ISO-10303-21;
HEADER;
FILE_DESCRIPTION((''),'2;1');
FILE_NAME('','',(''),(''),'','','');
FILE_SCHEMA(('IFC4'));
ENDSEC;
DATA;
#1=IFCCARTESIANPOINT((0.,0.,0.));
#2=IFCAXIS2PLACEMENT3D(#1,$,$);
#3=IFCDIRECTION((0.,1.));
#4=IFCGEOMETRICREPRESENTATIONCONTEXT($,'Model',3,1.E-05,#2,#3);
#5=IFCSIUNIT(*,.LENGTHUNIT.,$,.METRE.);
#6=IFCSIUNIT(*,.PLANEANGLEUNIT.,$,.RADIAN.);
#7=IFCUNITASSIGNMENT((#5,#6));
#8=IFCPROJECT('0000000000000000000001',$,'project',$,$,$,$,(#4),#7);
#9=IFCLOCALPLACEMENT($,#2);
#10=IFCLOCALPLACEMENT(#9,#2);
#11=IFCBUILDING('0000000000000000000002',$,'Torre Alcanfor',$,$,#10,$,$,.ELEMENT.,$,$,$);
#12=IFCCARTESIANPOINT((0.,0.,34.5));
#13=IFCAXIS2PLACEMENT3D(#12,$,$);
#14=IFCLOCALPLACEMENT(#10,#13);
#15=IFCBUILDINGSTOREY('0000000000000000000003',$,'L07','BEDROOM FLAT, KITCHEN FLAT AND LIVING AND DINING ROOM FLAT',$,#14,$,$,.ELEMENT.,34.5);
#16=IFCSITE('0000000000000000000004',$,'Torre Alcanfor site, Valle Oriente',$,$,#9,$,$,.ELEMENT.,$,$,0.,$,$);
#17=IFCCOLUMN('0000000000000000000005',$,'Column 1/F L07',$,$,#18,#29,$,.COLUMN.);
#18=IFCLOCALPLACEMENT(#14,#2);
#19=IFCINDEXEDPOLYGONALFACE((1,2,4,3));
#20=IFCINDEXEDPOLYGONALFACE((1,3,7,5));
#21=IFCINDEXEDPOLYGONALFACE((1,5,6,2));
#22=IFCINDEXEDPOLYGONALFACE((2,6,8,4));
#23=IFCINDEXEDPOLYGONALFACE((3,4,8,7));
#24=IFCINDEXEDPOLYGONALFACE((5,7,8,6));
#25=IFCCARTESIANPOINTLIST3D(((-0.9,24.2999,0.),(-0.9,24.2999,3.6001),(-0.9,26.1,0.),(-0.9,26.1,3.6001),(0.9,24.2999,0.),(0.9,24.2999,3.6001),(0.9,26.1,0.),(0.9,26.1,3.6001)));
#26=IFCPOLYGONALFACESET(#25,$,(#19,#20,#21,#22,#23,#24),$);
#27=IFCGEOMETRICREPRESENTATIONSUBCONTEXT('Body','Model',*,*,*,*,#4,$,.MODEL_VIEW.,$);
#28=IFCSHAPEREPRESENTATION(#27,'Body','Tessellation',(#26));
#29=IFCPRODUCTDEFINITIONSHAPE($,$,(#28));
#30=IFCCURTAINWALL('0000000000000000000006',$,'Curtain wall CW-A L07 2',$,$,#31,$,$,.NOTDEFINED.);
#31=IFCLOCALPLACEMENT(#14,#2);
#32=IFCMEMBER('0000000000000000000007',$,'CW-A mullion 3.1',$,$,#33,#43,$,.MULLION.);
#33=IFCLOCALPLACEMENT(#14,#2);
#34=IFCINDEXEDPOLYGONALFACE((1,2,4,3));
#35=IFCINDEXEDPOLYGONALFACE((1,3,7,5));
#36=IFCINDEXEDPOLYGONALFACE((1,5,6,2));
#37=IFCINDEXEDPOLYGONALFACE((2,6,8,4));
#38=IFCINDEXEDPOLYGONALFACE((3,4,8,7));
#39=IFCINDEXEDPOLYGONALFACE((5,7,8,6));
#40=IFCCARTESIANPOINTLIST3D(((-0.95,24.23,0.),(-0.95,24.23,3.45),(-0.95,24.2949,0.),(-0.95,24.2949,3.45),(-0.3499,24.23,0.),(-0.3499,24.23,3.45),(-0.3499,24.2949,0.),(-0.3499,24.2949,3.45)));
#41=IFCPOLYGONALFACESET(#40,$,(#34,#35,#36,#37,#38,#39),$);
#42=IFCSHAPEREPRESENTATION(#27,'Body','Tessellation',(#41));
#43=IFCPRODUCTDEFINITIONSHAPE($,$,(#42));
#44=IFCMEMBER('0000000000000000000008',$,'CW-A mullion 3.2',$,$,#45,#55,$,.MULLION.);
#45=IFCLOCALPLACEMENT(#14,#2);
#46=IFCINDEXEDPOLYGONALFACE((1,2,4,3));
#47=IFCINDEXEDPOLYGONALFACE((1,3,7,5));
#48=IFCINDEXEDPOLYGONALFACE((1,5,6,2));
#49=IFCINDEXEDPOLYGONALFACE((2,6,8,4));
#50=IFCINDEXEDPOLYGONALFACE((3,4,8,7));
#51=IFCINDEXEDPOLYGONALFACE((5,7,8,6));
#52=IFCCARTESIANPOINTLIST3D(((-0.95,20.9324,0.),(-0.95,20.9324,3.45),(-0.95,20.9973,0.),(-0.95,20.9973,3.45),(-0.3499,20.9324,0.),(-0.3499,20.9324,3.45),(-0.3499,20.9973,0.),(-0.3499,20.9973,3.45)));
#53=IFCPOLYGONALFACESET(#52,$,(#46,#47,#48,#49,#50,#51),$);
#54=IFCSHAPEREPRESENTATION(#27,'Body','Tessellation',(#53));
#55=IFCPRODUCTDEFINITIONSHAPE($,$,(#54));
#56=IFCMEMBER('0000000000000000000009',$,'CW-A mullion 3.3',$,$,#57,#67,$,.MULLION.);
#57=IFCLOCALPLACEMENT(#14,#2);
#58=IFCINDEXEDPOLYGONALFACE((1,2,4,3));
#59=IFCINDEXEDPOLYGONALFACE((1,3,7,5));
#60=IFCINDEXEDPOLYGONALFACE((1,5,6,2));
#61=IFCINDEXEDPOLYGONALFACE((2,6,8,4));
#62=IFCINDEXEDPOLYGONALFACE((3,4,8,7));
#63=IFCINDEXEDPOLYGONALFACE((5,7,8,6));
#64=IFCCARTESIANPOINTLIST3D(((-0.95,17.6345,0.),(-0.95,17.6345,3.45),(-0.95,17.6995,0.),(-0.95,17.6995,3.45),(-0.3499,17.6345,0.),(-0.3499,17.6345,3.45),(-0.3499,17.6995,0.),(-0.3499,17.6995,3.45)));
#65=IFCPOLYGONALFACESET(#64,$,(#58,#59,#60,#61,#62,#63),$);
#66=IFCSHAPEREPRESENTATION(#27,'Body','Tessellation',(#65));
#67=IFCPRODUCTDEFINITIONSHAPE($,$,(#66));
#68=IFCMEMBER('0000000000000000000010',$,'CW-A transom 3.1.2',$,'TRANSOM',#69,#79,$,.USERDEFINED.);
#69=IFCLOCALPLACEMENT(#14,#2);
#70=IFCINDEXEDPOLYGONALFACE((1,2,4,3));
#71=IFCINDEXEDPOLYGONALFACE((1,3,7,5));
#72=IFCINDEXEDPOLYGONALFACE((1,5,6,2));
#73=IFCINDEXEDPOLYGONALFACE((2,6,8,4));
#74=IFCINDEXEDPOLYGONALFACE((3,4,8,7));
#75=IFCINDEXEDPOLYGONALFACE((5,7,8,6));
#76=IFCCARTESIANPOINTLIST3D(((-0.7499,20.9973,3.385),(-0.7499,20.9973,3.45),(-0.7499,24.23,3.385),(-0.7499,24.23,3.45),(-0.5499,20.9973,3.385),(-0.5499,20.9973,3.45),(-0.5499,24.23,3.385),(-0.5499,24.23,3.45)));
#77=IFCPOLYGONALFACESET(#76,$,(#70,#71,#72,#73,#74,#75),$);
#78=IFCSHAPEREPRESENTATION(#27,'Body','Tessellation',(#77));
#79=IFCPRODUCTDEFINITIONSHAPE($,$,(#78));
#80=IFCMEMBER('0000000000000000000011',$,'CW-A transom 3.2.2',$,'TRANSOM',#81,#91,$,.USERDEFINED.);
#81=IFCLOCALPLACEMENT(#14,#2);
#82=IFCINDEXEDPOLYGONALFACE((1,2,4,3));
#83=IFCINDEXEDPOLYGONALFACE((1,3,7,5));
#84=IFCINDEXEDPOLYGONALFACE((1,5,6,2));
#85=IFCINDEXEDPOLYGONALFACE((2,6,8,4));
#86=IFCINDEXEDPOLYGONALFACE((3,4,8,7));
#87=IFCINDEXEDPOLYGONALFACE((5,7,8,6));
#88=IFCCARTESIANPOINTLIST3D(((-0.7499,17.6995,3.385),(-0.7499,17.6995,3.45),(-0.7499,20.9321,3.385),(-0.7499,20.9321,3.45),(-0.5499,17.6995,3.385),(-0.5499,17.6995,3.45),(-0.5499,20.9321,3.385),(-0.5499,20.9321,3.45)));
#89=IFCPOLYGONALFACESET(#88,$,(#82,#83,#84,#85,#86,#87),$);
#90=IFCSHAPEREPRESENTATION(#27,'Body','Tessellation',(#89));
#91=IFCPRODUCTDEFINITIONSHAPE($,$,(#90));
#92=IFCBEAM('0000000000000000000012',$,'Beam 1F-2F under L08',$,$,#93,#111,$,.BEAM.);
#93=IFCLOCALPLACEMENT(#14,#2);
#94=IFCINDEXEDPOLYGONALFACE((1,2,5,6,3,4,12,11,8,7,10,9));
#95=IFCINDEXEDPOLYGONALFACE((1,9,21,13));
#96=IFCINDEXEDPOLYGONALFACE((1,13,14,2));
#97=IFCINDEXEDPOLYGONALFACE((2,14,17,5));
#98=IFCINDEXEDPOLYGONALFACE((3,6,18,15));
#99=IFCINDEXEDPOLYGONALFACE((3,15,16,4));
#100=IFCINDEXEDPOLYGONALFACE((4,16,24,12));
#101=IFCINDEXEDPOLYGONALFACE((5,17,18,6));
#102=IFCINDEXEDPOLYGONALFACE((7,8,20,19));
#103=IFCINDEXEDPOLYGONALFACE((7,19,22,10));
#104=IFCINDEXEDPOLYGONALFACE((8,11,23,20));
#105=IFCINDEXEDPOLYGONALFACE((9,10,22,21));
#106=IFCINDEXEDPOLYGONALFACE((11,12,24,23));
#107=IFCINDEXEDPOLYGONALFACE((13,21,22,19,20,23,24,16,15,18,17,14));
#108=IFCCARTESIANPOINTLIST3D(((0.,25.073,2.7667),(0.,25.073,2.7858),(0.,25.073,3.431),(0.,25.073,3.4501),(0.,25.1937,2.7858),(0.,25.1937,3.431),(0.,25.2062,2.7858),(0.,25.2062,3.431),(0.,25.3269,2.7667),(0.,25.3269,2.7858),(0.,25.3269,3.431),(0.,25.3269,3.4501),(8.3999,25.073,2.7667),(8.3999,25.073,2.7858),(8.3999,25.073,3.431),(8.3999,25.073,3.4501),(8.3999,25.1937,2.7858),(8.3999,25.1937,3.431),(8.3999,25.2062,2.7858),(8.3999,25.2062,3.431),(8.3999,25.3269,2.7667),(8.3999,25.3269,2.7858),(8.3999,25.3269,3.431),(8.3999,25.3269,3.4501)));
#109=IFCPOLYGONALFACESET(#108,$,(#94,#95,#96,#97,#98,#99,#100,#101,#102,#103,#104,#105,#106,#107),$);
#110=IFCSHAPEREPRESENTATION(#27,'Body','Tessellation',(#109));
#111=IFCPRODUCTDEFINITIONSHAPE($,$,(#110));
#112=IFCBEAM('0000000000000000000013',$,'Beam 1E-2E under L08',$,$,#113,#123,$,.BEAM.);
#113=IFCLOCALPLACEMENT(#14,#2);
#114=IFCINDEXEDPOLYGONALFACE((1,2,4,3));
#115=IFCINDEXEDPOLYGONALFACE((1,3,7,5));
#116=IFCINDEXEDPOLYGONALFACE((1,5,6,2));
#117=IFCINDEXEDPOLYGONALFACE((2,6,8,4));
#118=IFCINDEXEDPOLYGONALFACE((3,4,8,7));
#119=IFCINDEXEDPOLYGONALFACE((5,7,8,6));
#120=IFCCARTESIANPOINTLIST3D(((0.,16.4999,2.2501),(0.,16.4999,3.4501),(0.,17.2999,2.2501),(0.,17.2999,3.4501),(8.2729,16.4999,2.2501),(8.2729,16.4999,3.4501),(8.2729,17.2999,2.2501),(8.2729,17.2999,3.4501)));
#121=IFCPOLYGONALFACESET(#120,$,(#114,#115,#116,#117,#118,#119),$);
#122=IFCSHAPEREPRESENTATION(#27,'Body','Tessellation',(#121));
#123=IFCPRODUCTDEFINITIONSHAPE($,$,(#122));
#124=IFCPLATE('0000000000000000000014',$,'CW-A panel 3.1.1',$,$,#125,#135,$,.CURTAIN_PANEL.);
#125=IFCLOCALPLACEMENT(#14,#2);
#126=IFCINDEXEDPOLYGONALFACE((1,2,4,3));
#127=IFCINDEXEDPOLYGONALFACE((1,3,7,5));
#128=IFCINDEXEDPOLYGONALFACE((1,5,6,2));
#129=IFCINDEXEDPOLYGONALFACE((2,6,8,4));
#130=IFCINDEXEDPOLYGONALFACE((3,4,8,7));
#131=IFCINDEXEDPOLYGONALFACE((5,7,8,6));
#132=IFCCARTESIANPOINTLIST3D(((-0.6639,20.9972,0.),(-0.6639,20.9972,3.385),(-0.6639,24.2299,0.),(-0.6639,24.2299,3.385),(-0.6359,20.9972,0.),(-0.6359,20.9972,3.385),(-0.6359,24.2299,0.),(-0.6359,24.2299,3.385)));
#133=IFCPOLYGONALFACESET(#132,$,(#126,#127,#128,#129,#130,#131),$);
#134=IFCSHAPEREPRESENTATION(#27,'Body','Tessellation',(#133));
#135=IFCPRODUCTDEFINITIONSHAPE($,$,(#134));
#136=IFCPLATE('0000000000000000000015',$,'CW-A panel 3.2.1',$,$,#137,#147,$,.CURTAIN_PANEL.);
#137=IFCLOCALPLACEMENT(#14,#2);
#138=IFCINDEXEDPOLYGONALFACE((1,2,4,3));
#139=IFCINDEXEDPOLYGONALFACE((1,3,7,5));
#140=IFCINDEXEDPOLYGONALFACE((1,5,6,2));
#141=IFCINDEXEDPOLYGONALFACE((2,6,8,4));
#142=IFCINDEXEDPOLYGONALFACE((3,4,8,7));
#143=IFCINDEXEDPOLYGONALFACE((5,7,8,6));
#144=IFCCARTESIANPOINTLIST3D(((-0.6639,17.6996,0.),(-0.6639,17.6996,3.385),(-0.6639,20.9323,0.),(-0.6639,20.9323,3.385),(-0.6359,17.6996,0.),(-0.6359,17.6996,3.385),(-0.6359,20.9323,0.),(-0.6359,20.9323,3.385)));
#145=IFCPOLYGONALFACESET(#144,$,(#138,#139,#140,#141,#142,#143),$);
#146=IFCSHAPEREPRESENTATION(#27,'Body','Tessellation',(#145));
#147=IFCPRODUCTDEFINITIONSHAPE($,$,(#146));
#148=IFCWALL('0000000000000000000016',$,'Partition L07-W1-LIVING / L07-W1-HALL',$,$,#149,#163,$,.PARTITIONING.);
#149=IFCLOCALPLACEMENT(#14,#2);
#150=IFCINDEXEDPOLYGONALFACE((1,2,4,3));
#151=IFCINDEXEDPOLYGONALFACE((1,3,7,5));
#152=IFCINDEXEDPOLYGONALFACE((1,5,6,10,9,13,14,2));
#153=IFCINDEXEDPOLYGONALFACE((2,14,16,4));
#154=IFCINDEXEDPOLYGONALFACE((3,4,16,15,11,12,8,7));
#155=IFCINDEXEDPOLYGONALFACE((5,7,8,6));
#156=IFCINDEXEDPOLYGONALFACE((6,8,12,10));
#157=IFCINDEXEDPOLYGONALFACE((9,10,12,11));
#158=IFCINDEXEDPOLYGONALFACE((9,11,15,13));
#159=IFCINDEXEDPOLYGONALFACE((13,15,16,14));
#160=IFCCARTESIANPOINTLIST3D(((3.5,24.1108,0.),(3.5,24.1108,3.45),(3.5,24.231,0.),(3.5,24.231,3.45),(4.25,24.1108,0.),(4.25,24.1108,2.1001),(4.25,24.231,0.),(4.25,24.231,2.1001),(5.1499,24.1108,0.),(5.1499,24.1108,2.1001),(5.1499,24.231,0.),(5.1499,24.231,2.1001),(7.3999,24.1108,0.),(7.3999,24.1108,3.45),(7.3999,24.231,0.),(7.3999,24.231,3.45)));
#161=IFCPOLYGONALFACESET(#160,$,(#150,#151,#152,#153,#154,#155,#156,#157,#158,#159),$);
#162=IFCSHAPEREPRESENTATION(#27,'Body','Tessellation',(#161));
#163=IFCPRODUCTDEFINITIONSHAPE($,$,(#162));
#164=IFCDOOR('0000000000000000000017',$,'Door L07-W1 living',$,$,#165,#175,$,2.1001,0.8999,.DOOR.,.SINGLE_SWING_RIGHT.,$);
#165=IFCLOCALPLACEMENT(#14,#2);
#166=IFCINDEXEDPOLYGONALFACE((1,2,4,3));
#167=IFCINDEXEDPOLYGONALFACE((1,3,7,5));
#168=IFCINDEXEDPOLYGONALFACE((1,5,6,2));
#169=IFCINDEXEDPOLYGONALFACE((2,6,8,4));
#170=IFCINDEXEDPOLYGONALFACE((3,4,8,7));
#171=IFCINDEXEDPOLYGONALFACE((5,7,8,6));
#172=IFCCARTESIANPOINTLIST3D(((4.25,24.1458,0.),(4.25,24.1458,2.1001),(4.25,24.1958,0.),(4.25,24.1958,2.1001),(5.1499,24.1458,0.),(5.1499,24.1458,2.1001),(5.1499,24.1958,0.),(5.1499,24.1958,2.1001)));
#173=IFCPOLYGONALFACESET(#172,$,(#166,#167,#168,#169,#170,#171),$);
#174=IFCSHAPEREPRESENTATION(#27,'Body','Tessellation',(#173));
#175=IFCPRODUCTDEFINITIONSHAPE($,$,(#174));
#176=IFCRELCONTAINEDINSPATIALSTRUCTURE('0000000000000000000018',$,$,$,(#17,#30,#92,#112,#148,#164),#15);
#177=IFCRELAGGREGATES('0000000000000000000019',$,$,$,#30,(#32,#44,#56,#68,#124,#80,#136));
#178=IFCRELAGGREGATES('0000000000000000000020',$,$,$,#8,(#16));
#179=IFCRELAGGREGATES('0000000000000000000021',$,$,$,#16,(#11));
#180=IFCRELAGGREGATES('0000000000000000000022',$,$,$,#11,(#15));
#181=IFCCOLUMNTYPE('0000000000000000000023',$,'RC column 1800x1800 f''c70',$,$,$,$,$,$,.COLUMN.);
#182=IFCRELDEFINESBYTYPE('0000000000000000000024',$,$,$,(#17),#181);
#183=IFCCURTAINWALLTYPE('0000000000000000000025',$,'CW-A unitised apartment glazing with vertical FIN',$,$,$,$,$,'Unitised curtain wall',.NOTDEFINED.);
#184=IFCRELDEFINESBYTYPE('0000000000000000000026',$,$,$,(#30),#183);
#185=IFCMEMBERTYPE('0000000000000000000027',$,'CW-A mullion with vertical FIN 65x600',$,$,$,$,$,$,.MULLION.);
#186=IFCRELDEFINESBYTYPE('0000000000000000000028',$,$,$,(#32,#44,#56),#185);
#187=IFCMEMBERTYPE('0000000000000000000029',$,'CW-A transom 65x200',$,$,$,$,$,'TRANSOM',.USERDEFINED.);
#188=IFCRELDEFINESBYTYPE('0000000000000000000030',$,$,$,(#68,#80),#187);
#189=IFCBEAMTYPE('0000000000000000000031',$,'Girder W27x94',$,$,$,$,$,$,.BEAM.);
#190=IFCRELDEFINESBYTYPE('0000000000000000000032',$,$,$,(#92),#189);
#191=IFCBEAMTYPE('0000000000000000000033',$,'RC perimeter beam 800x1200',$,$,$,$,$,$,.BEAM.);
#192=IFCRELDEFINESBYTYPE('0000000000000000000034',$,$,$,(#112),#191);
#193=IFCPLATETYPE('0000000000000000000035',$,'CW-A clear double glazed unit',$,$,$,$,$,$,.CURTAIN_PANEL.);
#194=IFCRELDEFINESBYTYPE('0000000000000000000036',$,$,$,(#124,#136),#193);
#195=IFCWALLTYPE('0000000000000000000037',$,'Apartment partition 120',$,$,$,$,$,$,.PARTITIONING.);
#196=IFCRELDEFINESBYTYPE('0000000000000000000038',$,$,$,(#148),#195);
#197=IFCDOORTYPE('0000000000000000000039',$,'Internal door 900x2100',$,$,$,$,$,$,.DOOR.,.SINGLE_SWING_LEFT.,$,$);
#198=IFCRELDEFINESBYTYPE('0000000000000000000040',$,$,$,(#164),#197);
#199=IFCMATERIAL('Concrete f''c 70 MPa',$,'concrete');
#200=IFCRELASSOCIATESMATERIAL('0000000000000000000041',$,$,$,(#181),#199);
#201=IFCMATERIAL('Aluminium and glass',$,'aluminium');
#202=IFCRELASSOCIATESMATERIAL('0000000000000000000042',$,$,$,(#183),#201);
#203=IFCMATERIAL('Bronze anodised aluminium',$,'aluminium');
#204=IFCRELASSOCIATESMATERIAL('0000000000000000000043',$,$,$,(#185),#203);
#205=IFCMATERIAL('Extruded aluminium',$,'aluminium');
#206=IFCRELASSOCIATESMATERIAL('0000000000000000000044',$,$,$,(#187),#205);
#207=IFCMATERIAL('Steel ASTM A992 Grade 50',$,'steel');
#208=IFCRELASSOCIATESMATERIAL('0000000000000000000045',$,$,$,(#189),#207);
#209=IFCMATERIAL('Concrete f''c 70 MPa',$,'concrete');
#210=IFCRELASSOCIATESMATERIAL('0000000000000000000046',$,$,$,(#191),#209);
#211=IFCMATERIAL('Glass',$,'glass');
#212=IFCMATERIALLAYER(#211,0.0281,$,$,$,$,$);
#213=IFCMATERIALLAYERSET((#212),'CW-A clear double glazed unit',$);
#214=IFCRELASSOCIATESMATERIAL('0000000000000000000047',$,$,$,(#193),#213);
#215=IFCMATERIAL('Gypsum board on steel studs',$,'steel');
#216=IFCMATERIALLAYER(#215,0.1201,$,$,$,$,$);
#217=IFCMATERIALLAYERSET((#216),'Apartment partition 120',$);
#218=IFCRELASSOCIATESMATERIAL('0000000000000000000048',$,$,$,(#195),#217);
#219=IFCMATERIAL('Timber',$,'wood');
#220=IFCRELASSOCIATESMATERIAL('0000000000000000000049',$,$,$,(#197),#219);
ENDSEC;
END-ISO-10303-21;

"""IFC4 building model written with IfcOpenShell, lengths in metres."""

from ifc_helpers import new_model, si_unit, direction, frame, frame_2d, origin, origin_2d, place, context, subcontext, project, spatial, rectangle, i_section, extrude, material, layer, layer_set, material_profile, profile_set, type_object, element, fill, aggregate, save


model = new_model("IFC4")

# Units and contexts
model_context = context("Model", 3, precision=1e-05, world=origin(), true_north=direction((0.0, 1.0)))
body_context = subcontext(model_context, "Body", "Model", "MODEL_VIEW")
ifc_project = project(units=[si_unit("LENGTHUNIT", "METRE"), si_unit("PLANEANGLEUNIT", "RADIAN")], contexts=[model_context])

# Site, building, storey
site_placement = place(None, origin())
site = spatial("IfcSite", under=ifc_project, at=site_placement, Name="Torre Alcanfor site, Valle Oriente", CompositionType="ELEMENT", RefElevation=0.0)
building_placement = place(site_placement, origin())
building = spatial("IfcBuilding", under=site, at=building_placement, Name="Torre Alcanfor", CompositionType="ELEMENT")
storey_placement = place(building_placement, frame((0.0, 0.0, 34.5)))
storey = spatial("IfcBuildingStorey", under=building, at=storey_placement, Name="L07", Description="BEDROOM FLAT, KITCHEN FLAT AND LIVING AND DINING ROOM FLAT", CompositionType="ELEMENT", Elevation=34.5)

# Column
ifc_material_1 = material(Name="Concrete f'c 70 MPa", Category="concrete")
ifc_material_profile_1 = material_profile(ifc_material_1, rectangle(XDim=1.8, YDim=1.8, at=origin_2d()), Name="1800x1800")
ifc_profile_set_1 = profile_set([ifc_material_profile_1], Name="Concrete f'c 70 MPa")
column_type = type_object("IfcColumnType", Name="RC column 1800x1800 f'c70", PredefinedType="COLUMN", material=ifc_profile_set_1)
column_placement = place(storey_placement, frame((0.0, 25.2, 0.0), z_axis=(0.0, 0.0, 1.0), x_axis=(1.0, 0.0, 0.0)))
element("IfcColumn", 1, at=column_placement, inside=storey, type_object=column_type, Name="Column 1/F L07", PredefinedType="COLUMN", context=body_context, shape_type="SweptSolid", body=[
    extrude(rectangle(XDim=1.8, YDim=1.8, at=origin_2d()), origin(), (0.0, 0.0, 1.0), 3.6001),
])

# Curtain wall, members
ifc_material_2 = material(Name="Aluminium and glass", Category="aluminium")
curtain_wall_type = type_object("IfcCurtainWallType", Name="CW-A unitised apartment glazing with vertical FIN", ElementType="Unitised curtain wall", PredefinedType="NOTDEFINED", material=ifc_material_2)
curtain_wall_placement = place(storey_placement, origin())
curtain_wall = element("IfcCurtainWall", 2, at=curtain_wall_placement, inside=storey, type_object=curtain_wall_type, Name="Curtain wall CW-A L07 2", PredefinedType="NOTDEFINED")
ifc_material_3 = material(Name="Bronze anodised aluminium", Category="aluminium")
ifc_material_profile_2 = material_profile(ifc_material_3, rectangle(XDim=0.6001, YDim=0.0649, at=origin_2d()), Name="CW-A mullion 65x600")
ifc_profile_set_2 = profile_set([ifc_material_profile_2], Name="Bronze anodised aluminium")
member_type_1 = type_object("IfcMemberType", Name="CW-A mullion with vertical FIN 65x600", PredefinedType="MULLION", material=ifc_profile_set_2)
member_1_placement = place(storey_placement, frame((-0.6499, 24.2625, 0.0), z_axis=(0.0, 0.0, 1.0), x_axis=(1.0, 0.0, 0.0)))
member_1 = element("IfcMember", 3, at=member_1_placement, type_object=member_type_1, Name="CW-A mullion 3.1", PredefinedType="MULLION", context=body_context, shape_type="SweptSolid", body=[
    extrude(rectangle(XDim=0.6001, YDim=0.0649, at=origin_2d()), origin(), (0.0, 0.0, 1.0), 3.45),
])
member_2_placement = place(storey_placement, frame((-0.6499, 20.9648, 0.0), z_axis=(0.0, 0.0, 1.0), x_axis=(1.0, 0.0, 0.0)))
member_2 = element("IfcMember", 4, at=member_2_placement, type_object=member_type_1, Name="CW-A mullion 3.2", PredefinedType="MULLION", context=body_context, shape_type="SweptSolid", body=[
    extrude(rectangle(XDim=0.6001, YDim=0.0649, at=origin_2d()), origin(), (0.0, 0.0, 1.0), 3.45),
])
member_3_placement = place(storey_placement, frame((-0.6499, 17.667, 0.0), z_axis=(0.0, 0.0, 1.0), x_axis=(1.0, 0.0, 0.0)))
member_3 = element("IfcMember", 5, at=member_3_placement, type_object=member_type_1, Name="CW-A mullion 3.3", PredefinedType="MULLION", context=body_context, shape_type="SweptSolid", body=[
    extrude(rectangle(XDim=0.6001, YDim=0.0649, at=origin_2d()), origin(), (0.0, 0.0, 1.0), 3.45),
])
ifc_material_4 = material(Name="Extruded aluminium", Category="aluminium")
ifc_material_profile_3 = material_profile(ifc_material_4, rectangle(XDim=0.2, YDim=0.0649, at=origin_2d()), Name="CW-A transom 200x65")
ifc_profile_set_3 = profile_set([ifc_material_profile_3], Name="Extruded aluminium")
member_type_2 = type_object("IfcMemberType", Name="CW-A transom 65x200", ElementType="TRANSOM", PredefinedType="USERDEFINED", material=ifc_profile_set_3)
member_4_placement = place(storey_placement, frame((-0.6499, 24.23, 3.4175), z_axis=(0.0, -1.0, 0.0), x_axis=(1.0, 0.0, 0.0)))
member_4 = element("IfcMember", 6, at=member_4_placement, type_object=member_type_2, Name="CW-A transom 3.1.2", ObjectType="TRANSOM", PredefinedType="USERDEFINED", context=body_context, shape_type="SweptSolid", body=[
    extrude(rectangle(XDim=0.2, YDim=0.0649, at=origin_2d()), origin(), (0.0, 0.0, 1.0), 3.2327),
])
member_5_placement = place(storey_placement, frame((-0.6499, 20.9321, 3.4175), z_axis=(0.0, -1.0, 0.0), x_axis=(1.0, 0.0, 0.0)))
member_5 = element("IfcMember", 7, at=member_5_placement, type_object=member_type_2, Name="CW-A transom 3.2.2", ObjectType="TRANSOM", PredefinedType="USERDEFINED", context=body_context, shape_type="SweptSolid", body=[
    extrude(rectangle(XDim=0.2, YDim=0.0649, at=origin_2d()), origin(), (0.0, 0.0, 1.0), 3.2327),
])

# Beams
ifc_material_5 = material(Name="Steel ASTM A992 Grade 50", Category="steel")
ifc_material_profile_4 = material_profile(ifc_material_5, i_section(OverallWidth=0.2539, OverallDepth=0.6833, WebThickness=0.0125, FlangeThickness=0.019, at=origin_2d()), Name="W27x94")
ifc_profile_set_4 = profile_set([ifc_material_profile_4], Name="Steel ASTM A992 Grade 50")
beam_type_1 = type_object("IfcBeamType", Name="Girder W27x94", PredefinedType="BEAM", material=ifc_profile_set_4)
beam_1_placement = place(storey_placement, frame((0.0, 25.2, 3.1084), z_axis=(1.0, 0.0, 0.0), x_axis=(0.0, 1.0, 0.0)))
element("IfcBeam", 8, at=beam_1_placement, inside=storey, type_object=beam_type_1, Name="Beam 1F-2F under L08", PredefinedType="BEAM", context=body_context, shape_type="SweptSolid", body=[
    extrude(i_section(OverallWidth=0.2539, OverallDepth=0.6833, WebThickness=0.0125, FlangeThickness=0.019, at=origin_2d()), origin(), (0.0, 0.0, 1.0), 8.3999),
])
ifc_material_6 = material(Name="Concrete f'c 70 MPa", Category="concrete")
ifc_material_profile_5 = material_profile(ifc_material_6, rectangle(XDim=0.8, YDim=1.2, at=origin_2d()), Name="800x1200")
ifc_profile_set_5 = profile_set([ifc_material_profile_5], Name="Concrete f'c 70 MPa")
beam_type_2 = type_object("IfcBeamType", Name="RC perimeter beam 800x1200", PredefinedType="BEAM", material=ifc_profile_set_5)
beam_2_placement = place(storey_placement, frame((0.0, 16.8999, 2.8501), z_axis=(1.0, 0.0, 0.0), x_axis=(0.0, 1.0, 0.0)))
element("IfcBeam", 9, at=beam_2_placement, inside=storey, type_object=beam_type_2, Name="Beam 1E-2E under L08", PredefinedType="BEAM", context=body_context, shape_type="SweptSolid", body=[
    extrude(rectangle(XDim=0.8, YDim=1.2, at=origin_2d()), origin(), (0.0, 0.0, 1.0), 8.2729),
])

# Plates
ifc_material_7 = material(Name="Glass", Category="glass")
ifc_layer_1 = layer(ifc_material_7, 0.0281)
ifc_layer_set_1 = layer_set([ifc_layer_1], Name="CW-A clear double glazed unit")
plate_type = type_object("IfcPlateType", Name="CW-A clear double glazed unit", PredefinedType="CURTAIN_PANEL", material=ifc_layer_set_1)
plate_1_placement = place(storey_placement, frame((-0.6499, 22.6135, 0.0), z_axis=(0.0, 0.0, 1.0), x_axis=(0.0, -1.0, 0.0)))
plate_1 = element("IfcPlate", 10, at=plate_1_placement, type_object=plate_type, Name="CW-A panel 3.1.1", PredefinedType="CURTAIN_PANEL", context=body_context, shape_type="SweptSolid", body=[
    extrude(rectangle(XDim=3.2327, YDim=0.0281, at=origin_2d()), origin(), (0.0, 0.0, 1.0), 3.385),
])
plate_2_placement = place(storey_placement, frame((-0.6499, 19.3159, 0.0), z_axis=(0.0, 0.0, 1.0), x_axis=(0.0, -1.0, 0.0)))
plate_2 = element("IfcPlate", 11, at=plate_2_placement, type_object=plate_type, Name="CW-A panel 3.2.1", PredefinedType="CURTAIN_PANEL", context=body_context, shape_type="SweptSolid", body=[
    extrude(rectangle(XDim=3.2327, YDim=0.0281, at=origin_2d()), origin(), (0.0, 0.0, 1.0), 3.385),
])
aggregate(curtain_wall, [member_1, member_2, member_3, member_4, plate_1, member_5, plate_2])

# Wall, opening, door
ifc_material_8 = material(Name="Gypsum board on steel studs", Category="steel")
ifc_layer_2 = layer(ifc_material_8, 0.1201)
ifc_layer_set_2 = layer_set([ifc_layer_2], Name="Apartment partition 120")
wall_type_1 = type_object("IfcWallType", Name="Apartment partition 120", PredefinedType="PARTITIONING", material=ifc_layer_set_2)
wall_1_placement = place(storey_placement, frame((3.5, 24.1709, 0.0), z_axis=(0.0, 0.0, 1.0), x_axis=(1.0, 0.0, 0.0)))
wall_1 = element("IfcWall", 12, at=wall_1_placement, inside=storey, type_object=wall_type_1, Name="Partition L07-W1-LIVING / L07-W1-HALL", PredefinedType="PARTITIONING", context=body_context, shape_type="SweptSolid", body=[
    extrude(rectangle(XDim=3.8999, YDim=0.1201, at=frame_2d((1.95, 0.0))), origin(), (0.0, 0.0, 1.0), 3.45),
])
opening_1_placement = place(wall_1_placement, frame((0.75, 0.0, 0.0)))
opening_1 = element("IfcOpeningElement", 13, at=opening_1_placement, cuts=wall_1, PredefinedType="OPENING", context=body_context, shape_type="SweptSolid", body=[
    extrude(rectangle(XDim=0.8999, YDim=2.1001, at=frame_2d((0.45, 1.05))), frame((0.0, 0.0701, 0.0), z_axis=(0.0, -1.0, 0.0), x_axis=(1.0, 0.0, 0.0)), (0.0, 0.0, 1.0), 0.1401),
])
ifc_material_9 = material(Name="Timber", Category="wood")
door_type_1 = type_object("IfcDoorType", Name="Internal door 900x2100", OperationType="SINGLE_SWING_LEFT", PredefinedType="DOOR", material=ifc_material_9)
door_1_placement = place(opening_1_placement, origin())
door_1 = element("IfcDoor", 14, at=door_1_placement, inside=storey, type_object=door_type_1, Name="Door L07-W1 living", OperationType="SINGLE_SWING_RIGHT", OverallHeight=2.1001, OverallWidth=0.8999, PredefinedType="DOOR", context=body_context, shape_type="SweptSolid", body=[
    extrude(rectangle(XDim=0.8999, YDim=2.1001, at=frame_2d((0.45, 1.05))), frame((0.0, 0.0249, 0.0), z_axis=(0.0, -1.0, 0.0), x_axis=(1.0, 0.0, 0.0)), (0.0, 0.0, 1.0), 0.05),
])
fill(opening_1, door_1)

save(model, "model.ifc")
